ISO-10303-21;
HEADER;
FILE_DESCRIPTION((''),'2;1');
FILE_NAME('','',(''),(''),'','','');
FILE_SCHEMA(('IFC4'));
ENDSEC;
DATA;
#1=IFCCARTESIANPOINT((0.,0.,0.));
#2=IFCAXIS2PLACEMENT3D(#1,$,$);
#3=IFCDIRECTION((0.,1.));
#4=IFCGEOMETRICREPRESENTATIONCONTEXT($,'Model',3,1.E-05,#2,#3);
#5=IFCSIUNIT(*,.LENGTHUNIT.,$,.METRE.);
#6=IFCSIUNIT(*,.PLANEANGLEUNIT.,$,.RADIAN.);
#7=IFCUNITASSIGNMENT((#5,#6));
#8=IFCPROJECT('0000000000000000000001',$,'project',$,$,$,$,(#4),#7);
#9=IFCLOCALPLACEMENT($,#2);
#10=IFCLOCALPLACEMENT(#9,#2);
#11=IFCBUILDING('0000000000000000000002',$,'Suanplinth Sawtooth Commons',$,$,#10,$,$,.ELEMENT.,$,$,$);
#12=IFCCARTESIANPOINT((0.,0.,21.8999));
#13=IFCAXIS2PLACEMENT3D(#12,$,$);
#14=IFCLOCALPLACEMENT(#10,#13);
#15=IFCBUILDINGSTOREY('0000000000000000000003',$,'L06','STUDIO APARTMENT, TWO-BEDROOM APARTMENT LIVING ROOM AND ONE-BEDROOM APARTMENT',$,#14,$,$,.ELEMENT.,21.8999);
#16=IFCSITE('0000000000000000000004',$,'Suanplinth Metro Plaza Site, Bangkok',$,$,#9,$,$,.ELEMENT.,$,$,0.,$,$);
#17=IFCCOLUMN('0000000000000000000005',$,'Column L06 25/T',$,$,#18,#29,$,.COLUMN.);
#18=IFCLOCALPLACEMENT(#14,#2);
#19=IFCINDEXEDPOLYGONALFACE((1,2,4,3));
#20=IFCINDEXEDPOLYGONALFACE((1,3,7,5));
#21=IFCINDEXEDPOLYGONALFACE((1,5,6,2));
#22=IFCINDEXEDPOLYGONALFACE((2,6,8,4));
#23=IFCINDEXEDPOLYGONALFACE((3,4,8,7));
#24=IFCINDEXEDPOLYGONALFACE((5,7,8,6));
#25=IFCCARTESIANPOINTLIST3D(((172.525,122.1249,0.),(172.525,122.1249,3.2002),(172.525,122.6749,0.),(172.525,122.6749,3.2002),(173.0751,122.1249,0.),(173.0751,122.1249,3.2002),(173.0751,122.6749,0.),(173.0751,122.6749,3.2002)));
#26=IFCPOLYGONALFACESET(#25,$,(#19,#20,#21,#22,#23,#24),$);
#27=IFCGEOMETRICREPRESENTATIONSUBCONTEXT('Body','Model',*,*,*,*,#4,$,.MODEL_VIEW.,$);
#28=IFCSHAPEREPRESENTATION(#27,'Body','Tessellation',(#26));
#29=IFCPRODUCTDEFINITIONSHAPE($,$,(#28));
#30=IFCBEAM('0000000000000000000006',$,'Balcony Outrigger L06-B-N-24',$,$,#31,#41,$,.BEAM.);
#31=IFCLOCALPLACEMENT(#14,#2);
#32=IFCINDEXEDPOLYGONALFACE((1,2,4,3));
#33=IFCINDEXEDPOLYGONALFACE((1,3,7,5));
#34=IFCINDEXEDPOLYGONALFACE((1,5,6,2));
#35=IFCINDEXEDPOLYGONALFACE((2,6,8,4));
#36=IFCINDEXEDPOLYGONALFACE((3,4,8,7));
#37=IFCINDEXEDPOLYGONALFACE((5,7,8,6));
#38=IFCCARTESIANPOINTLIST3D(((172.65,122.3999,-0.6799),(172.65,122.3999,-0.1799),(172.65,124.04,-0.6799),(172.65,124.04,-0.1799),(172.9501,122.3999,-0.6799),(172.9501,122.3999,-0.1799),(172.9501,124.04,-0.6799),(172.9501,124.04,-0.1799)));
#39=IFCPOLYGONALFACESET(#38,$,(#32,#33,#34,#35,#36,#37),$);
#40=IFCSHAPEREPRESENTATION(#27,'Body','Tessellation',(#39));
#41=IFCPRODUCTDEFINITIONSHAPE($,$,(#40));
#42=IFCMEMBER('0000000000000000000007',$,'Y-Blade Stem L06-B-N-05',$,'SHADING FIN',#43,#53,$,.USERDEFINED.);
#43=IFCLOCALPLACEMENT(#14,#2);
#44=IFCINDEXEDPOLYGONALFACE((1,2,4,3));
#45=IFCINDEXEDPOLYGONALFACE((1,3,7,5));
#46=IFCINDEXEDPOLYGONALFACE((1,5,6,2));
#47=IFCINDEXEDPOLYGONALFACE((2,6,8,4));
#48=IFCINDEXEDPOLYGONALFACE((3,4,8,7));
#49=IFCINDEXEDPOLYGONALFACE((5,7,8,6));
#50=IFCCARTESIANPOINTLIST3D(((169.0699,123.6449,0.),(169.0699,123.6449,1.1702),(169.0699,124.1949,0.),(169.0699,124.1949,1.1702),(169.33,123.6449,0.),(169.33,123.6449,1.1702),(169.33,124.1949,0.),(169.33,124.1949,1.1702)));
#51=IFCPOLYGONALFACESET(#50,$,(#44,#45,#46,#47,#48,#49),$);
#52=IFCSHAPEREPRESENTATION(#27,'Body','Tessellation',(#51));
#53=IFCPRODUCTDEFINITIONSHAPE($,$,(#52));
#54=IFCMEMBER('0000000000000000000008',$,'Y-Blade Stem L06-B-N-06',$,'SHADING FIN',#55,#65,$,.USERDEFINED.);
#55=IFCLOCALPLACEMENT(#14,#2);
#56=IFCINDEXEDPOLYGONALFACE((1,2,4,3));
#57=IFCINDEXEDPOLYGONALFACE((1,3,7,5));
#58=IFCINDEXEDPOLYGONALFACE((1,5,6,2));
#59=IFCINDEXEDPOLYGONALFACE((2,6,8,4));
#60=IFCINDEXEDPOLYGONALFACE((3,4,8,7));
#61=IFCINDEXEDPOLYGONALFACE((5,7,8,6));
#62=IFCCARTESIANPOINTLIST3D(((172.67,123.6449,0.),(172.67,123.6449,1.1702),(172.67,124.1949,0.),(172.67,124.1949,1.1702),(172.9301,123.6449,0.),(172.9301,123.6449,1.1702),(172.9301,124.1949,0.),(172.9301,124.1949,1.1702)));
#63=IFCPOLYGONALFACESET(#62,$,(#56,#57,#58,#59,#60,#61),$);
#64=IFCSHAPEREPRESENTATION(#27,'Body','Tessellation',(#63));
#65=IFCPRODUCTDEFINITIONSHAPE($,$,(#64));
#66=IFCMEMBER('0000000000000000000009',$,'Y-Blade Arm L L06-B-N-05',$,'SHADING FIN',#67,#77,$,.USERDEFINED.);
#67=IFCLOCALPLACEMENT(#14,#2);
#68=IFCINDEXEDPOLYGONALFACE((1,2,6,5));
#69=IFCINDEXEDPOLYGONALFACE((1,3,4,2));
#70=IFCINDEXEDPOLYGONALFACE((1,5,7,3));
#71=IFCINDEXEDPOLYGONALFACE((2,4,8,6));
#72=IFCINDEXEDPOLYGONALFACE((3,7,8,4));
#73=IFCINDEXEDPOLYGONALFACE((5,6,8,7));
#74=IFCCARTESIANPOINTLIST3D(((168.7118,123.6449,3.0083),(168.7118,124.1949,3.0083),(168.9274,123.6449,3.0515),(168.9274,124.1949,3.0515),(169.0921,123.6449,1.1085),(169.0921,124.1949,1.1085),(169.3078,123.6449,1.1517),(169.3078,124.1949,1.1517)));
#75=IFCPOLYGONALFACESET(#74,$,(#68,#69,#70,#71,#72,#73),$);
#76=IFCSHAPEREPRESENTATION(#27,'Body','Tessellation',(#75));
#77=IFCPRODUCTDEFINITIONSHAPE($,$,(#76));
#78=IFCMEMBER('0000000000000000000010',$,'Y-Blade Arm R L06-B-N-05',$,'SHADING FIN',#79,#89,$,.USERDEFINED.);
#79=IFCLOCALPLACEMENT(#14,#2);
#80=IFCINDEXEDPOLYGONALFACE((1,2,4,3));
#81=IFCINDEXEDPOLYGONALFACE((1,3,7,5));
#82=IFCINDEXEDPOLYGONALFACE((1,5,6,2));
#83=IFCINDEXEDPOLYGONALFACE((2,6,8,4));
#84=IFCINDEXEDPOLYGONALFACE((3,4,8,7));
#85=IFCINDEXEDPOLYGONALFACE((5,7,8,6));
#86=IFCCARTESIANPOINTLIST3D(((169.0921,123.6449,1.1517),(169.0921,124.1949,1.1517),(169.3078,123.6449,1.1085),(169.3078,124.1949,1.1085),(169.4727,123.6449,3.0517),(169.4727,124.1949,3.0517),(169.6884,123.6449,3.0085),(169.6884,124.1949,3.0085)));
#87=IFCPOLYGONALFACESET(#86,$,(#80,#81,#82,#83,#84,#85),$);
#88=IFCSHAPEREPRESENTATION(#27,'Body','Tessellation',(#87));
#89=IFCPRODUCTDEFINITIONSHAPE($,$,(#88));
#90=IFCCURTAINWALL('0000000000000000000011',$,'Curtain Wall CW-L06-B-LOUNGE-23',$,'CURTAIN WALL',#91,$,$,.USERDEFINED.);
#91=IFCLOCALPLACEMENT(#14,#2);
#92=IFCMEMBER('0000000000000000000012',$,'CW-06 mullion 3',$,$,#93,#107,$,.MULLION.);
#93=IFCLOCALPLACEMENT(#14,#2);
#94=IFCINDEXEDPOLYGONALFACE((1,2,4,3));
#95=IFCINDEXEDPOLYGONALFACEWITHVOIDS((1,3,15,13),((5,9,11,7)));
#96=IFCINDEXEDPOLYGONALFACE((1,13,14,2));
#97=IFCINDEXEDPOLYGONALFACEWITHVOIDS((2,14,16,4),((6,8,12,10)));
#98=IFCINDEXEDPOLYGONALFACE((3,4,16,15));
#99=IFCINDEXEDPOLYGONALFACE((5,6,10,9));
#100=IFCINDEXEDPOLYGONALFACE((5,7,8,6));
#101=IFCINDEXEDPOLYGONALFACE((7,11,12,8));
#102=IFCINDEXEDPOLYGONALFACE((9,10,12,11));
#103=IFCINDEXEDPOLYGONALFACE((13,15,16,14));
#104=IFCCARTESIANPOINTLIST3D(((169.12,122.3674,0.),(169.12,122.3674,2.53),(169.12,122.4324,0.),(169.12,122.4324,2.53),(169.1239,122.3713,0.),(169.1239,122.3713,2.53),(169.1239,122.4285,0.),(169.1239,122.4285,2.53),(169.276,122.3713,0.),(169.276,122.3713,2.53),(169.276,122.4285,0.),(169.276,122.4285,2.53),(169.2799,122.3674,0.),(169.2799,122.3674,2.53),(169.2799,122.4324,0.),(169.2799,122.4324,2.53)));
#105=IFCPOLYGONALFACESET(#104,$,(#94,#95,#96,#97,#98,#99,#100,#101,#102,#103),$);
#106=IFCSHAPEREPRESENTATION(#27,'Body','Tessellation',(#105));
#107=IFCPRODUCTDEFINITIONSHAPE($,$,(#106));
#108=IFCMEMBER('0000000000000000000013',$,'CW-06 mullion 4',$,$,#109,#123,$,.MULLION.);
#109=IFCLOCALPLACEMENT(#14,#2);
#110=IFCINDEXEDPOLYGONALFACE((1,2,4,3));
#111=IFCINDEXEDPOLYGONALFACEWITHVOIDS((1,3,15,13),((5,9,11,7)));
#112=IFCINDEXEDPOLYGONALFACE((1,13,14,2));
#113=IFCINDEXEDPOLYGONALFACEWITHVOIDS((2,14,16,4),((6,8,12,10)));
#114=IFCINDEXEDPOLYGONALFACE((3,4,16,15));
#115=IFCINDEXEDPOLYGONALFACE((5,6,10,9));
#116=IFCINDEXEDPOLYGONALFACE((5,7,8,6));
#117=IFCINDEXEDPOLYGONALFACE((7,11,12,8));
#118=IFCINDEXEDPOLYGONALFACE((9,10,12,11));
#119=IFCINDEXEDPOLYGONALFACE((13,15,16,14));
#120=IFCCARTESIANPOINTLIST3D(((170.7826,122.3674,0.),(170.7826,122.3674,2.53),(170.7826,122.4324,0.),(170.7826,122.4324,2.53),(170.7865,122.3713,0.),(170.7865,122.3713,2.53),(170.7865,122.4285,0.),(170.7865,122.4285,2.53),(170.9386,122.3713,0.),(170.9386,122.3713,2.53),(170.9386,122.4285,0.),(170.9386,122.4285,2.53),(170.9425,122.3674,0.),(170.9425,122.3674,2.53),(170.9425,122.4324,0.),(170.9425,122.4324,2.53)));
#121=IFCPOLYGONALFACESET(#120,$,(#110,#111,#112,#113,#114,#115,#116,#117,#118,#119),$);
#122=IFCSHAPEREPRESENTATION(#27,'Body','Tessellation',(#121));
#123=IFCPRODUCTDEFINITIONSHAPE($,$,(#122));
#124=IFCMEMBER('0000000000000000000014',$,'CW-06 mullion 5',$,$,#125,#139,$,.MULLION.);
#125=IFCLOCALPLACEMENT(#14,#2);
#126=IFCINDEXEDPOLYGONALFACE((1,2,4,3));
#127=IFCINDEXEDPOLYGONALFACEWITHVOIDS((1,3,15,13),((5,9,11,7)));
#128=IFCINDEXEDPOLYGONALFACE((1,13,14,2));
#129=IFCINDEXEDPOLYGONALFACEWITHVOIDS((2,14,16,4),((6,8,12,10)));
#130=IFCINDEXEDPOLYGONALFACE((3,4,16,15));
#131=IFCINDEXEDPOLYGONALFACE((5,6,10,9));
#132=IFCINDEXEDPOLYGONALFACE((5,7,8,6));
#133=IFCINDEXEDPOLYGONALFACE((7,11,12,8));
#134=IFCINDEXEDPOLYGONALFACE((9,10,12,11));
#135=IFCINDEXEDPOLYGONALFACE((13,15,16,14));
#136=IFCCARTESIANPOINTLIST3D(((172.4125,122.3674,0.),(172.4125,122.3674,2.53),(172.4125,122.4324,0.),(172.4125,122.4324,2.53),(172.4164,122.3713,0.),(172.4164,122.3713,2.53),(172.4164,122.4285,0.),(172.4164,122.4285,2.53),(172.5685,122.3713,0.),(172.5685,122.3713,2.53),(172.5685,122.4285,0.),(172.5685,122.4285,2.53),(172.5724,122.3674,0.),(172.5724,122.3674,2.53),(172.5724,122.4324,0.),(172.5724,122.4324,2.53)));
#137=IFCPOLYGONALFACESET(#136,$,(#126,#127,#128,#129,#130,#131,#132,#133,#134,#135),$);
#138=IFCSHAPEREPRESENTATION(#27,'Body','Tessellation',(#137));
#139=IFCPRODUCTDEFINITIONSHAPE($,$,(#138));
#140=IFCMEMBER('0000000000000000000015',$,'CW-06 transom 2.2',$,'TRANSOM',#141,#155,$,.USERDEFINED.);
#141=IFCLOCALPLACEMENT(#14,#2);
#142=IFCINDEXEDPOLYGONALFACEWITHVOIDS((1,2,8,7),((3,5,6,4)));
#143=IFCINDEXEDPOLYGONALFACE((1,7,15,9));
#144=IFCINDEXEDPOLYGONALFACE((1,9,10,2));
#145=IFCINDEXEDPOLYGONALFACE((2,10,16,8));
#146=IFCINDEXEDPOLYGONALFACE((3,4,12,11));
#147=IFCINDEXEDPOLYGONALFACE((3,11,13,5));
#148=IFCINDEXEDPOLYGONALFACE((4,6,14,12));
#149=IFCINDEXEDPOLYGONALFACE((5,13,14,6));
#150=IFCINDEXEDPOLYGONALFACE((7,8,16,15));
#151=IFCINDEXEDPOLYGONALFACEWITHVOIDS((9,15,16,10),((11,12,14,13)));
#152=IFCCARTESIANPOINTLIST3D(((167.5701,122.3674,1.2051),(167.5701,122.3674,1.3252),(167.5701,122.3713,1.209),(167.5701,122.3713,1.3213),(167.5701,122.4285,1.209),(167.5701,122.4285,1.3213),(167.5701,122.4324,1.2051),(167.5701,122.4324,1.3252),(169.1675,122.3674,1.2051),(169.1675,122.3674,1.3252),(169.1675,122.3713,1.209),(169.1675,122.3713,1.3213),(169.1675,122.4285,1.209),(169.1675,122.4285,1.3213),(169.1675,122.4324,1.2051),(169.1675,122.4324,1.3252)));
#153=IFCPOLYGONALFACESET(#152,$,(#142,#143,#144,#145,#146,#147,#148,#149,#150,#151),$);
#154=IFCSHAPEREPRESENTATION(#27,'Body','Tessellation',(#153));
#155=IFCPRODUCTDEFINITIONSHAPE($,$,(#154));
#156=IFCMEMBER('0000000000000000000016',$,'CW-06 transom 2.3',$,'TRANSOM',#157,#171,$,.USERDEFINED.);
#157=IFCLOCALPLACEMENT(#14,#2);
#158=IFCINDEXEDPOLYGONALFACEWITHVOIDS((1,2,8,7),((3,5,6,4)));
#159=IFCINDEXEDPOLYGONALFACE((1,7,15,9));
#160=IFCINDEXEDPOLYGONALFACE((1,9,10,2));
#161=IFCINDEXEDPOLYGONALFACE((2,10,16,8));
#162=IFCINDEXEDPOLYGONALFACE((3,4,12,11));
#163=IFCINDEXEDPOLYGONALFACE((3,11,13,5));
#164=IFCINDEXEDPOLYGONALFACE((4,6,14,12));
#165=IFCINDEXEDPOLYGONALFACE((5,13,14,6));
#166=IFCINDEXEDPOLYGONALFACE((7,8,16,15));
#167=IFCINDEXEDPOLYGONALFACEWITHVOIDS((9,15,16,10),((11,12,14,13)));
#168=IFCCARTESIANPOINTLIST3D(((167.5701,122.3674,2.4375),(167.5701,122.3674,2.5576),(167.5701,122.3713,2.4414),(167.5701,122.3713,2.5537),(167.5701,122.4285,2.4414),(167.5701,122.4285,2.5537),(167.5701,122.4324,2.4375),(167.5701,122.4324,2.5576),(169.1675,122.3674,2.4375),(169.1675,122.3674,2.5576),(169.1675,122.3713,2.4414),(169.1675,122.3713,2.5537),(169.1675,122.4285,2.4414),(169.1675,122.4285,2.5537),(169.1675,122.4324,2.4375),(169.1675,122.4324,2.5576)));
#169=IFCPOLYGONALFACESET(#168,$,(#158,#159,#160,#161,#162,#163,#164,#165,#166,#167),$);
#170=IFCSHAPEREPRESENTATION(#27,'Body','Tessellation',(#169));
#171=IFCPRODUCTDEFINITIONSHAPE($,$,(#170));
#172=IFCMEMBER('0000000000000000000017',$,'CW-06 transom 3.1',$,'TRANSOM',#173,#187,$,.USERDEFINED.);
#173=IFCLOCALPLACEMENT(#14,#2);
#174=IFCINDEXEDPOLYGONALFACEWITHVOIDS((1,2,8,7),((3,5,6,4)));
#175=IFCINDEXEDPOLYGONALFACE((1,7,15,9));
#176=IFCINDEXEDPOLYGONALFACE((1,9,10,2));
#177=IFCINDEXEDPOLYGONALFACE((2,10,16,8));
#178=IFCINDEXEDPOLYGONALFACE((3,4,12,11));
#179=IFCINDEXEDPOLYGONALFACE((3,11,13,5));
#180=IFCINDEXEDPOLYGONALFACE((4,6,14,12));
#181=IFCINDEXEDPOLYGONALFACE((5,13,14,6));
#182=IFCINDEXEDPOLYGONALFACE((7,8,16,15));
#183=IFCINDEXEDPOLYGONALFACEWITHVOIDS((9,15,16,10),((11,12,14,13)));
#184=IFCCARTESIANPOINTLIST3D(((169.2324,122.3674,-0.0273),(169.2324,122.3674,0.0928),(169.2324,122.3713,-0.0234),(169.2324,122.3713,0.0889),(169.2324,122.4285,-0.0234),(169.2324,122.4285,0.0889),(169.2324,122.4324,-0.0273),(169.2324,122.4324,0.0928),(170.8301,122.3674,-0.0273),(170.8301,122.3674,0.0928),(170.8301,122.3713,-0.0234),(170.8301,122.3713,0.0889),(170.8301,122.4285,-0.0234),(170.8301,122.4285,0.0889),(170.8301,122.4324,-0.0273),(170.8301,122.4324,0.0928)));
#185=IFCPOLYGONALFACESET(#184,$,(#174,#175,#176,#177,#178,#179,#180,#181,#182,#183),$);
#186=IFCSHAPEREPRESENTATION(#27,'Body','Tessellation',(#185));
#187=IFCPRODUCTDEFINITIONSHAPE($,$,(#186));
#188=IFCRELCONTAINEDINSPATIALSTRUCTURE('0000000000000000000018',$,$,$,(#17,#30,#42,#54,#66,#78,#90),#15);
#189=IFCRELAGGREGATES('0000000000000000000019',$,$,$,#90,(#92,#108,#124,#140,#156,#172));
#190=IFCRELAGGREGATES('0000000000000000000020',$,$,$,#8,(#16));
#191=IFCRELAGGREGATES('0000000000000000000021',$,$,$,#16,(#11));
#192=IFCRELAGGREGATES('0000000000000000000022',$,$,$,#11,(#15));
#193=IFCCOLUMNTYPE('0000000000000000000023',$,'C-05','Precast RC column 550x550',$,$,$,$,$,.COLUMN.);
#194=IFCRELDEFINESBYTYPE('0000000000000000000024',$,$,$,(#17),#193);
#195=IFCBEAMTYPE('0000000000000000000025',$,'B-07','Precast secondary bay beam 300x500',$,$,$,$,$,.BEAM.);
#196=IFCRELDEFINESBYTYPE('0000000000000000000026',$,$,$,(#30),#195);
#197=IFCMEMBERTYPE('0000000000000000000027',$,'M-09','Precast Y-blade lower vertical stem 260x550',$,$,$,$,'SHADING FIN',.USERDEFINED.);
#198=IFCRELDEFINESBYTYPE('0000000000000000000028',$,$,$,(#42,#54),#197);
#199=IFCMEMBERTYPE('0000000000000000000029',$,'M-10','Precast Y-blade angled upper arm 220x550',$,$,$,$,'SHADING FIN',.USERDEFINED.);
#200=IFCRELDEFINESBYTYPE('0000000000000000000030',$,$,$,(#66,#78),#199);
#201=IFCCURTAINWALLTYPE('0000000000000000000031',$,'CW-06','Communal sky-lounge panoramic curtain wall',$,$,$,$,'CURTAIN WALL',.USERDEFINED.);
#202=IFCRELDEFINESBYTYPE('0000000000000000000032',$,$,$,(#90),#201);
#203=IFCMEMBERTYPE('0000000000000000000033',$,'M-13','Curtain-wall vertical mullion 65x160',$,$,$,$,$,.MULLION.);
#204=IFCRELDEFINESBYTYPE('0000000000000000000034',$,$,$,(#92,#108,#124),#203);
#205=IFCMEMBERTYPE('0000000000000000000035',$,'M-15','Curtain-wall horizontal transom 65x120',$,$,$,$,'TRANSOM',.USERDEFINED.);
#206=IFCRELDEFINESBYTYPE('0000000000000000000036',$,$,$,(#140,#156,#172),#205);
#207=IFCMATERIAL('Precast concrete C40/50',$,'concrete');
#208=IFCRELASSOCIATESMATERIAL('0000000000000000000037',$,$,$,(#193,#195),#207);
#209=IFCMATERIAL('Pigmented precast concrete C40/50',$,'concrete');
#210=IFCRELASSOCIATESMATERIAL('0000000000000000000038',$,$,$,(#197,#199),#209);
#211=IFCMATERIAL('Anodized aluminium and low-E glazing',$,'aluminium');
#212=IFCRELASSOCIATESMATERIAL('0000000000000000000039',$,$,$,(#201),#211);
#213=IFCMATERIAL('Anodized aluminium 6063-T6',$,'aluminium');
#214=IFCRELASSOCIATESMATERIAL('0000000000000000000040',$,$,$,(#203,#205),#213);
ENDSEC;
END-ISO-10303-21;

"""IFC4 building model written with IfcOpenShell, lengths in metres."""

from ifc_helpers import new_model, si_unit, direction, frame, origin, origin_2d, place, context, subcontext, project, spatial, rectangle, hollow_rectangle, extrude, material, material_profile, profile_set, type_object, element, aggregate, save


model = new_model("IFC4")

# Units and contexts
model_context = context("Model", 3, precision=1e-05, world=origin(), true_north=direction((0.0, 1.0)))
body_context = subcontext(model_context, "Body", "Model", "MODEL_VIEW")
ifc_project = project(units=[si_unit("LENGTHUNIT", "METRE"), si_unit("PLANEANGLEUNIT", "RADIAN")], contexts=[model_context])

# Site, building, storey
site_placement = place(None, origin())
site = spatial("IfcSite", under=ifc_project, at=site_placement, Name="Suanplinth Metro Plaza Site, Bangkok", CompositionType="ELEMENT", RefElevation=0.0)
building_placement = place(site_placement, origin())
building = spatial("IfcBuilding", under=site, at=building_placement, Name="Suanplinth Sawtooth Commons", CompositionType="ELEMENT")
storey_placement = place(building_placement, frame((0.0, 0.0, 21.8999)))
storey = spatial("IfcBuildingStorey", under=building, at=storey_placement, Name="L06", Description="STUDIO APARTMENT, TWO-BEDROOM APARTMENT LIVING ROOM AND ONE-BEDROOM APARTMENT", CompositionType="ELEMENT", Elevation=21.8999)

# Column
ifc_material_1 = material(Name="Precast concrete C40/50", Category="concrete")
ifc_material_profile_1 = material_profile(ifc_material_1, rectangle(XDim=0.55, YDim=0.55, at=origin_2d()), Name="PC-COL 550x550")
ifc_profile_set_1 = profile_set([ifc_material_profile_1], Name="Precast concrete C40/50")
column_type = type_object("IfcColumnType", Name="C-05", Description="Precast RC column 550x550", PredefinedType="COLUMN", material=ifc_profile_set_1)
column_placement = place(storey_placement, frame((172.8, 122.3999, 0.0), z_axis=(0.0, 0.0, 1.0), x_axis=(1.0, 0.0, 0.0)))
element("IfcColumn", 1, at=column_placement, inside=storey, type_object=column_type, Name="Column L06 25/T", PredefinedType="COLUMN", context=body_context, shape_type="SweptSolid", body=[
    extrude(rectangle(XDim=0.55, YDim=0.55, at=origin_2d()), origin(), (0.0, 0.0, 1.0), 3.2002),
])

# Beam
ifc_material_profile_2 = material_profile(ifc_material_1, rectangle(XDim=0.3, YDim=0.5, at=origin_2d()), Name="PC-BM 300x500")
ifc_profile_set_2 = profile_set([ifc_material_profile_2], Name="Precast concrete C40/50")
beam_type = type_object("IfcBeamType", Name="B-07", Description="Precast secondary bay beam 300x500", PredefinedType="BEAM", material=ifc_profile_set_2)
beam_placement = place(storey_placement, frame((172.8, 122.3999, -0.4299), z_axis=(0.0, 1.0, 0.0), x_axis=(-1.0, 0.0, 0.0)))
element("IfcBeam", 2, at=beam_placement, inside=storey, type_object=beam_type, Name="Balcony Outrigger L06-B-N-24", PredefinedType="BEAM", context=body_context, shape_type="SweptSolid", body=[
    extrude(rectangle(XDim=0.3, YDim=0.5, at=origin_2d()), origin(), (0.0, 0.0, 1.0), 1.6401),
])

# Members
ifc_material_2 = material(Name="Pigmented precast concrete C40/50", Category="concrete")
ifc_material_profile_3 = material_profile(ifc_material_2, rectangle(XDim=0.26, YDim=0.55, at=origin_2d()), Name="PC-FIN 260x550")
ifc_profile_set_3 = profile_set([ifc_material_profile_3], Name="Pigmented precast concrete C40/50")
member_type_1 = type_object("IfcMemberType", Name="M-09", Description="Precast Y-blade lower vertical stem 260x550", ElementType="SHADING FIN", PredefinedType="USERDEFINED", material=ifc_profile_set_3)
for number, where, z_axis, x_axis, name in (
    (3, (169.2, 123.9199, 0.0), (0.0, 0.0, 1.0), (1.0, 0.0, 0.0), "Y-Blade Stem L06-B-N-05"),
    (4, (172.8, 123.9199, 0.0), (0.0, 0.0, 1.0), (1.0, 0.0, 0.0), "Y-Blade Stem L06-B-N-06"),
):
    element("IfcMember", number, at=place(storey_placement, frame(where, z_axis=z_axis, x_axis=x_axis)), inside=storey, type_object=member_type_1, Name=name, ObjectType="SHADING FIN", PredefinedType="USERDEFINED", context=body_context, shape_type="SweptSolid", body=[
        extrude(rectangle(XDim=0.26, YDim=0.55, at=origin_2d()), origin(), (0.0, 0.0, 1.0), 1.1702),
    ])
ifc_material_profile_4 = material_profile(ifc_material_2, rectangle(XDim=0.22, YDim=0.55, at=origin_2d()), Name="PC-FIN 220x550")
ifc_profile_set_4 = profile_set([ifc_material_profile_4], Name="Pigmented precast concrete C40/50")
member_type_2 = type_object("IfcMemberType", Name="M-10", Description="Precast Y-blade angled upper arm 220x550", ElementType="SHADING FIN", PredefinedType="USERDEFINED", material=ifc_profile_set_4)
member_1_placement = place(storey_placement, frame((169.2, 123.9199, 1.1301), z_axis=(-0.19631, 0.0, 0.980542), x_axis=(0.980542, 0.0, 0.19631)))
element("IfcMember", 5, at=member_1_placement, inside=storey, type_object=member_type_2, Name="Y-Blade Arm L L06-B-N-05", ObjectType="SHADING FIN", PredefinedType="USERDEFINED", context=body_context, shape_type="SweptSolid", body=[
    extrude(rectangle(XDim=0.22, YDim=0.55, at=origin_2d()), origin(), (0.0, 0.0, 1.0), 1.9375),
])
member_2_placement = place(storey_placement, frame((169.2, 123.9199, 1.1301), z_axis=(0.196431, 0.0, 0.980518), x_axis=(-0.980518, 0.0, 0.196431)))
element("IfcMember", 6, at=member_2_placement, inside=storey, type_object=member_type_2, Name="Y-Blade Arm R L06-B-N-05", ObjectType="SHADING FIN", PredefinedType="USERDEFINED", context=body_context, shape_type="SweptSolid", body=[
    extrude(rectangle(XDim=0.22, YDim=0.55, at=origin_2d()), origin(), (0.0, 0.0, 1.0), 1.9377),
])

# Curtain wall, members
ifc_material_3 = material(Name="Anodized aluminium and low-E glazing", Category="aluminium")
curtain_wall_type = type_object("IfcCurtainWallType", Name="CW-06", Description="Communal sky-lounge panoramic curtain wall", ElementType="CURTAIN WALL", PredefinedType="USERDEFINED", material=ifc_material_3)
curtain_wall_placement = place(storey_placement, origin())
curtain_wall = element("IfcCurtainWall", 7, at=curtain_wall_placement, inside=storey, type_object=curtain_wall_type, Name="Curtain Wall CW-L06-B-LOUNGE-23", ObjectType="CURTAIN WALL", PredefinedType="USERDEFINED")
ifc_material_4 = material(Name="Anodized aluminium 6063-T6", Category="aluminium")
ifc_material_profile_5 = material_profile(ifc_material_4, hollow_rectangle(XDim=0.0649, YDim=0.1599, WallThickness=0.0039, at=origin_2d()), Name="ALU-MUL 65x160")
ifc_profile_set_5 = profile_set([ifc_material_profile_5], Name="Anodized aluminium 6063-T6")
member_type_3 = type_object("IfcMemberType", Name="M-13", Description="Curtain-wall vertical mullion 65x160", PredefinedType="MULLION", material=ifc_profile_set_5)
member_3_placement = place(storey_placement, frame((169.2, 122.3999, 0.0), z_axis=(0.0, 0.0, 1.0), x_axis=(0.0, 1.0, 0.0)))
member_3 = element("IfcMember", 8, at=member_3_placement, type_object=member_type_3, Name="CW-06 mullion 3", PredefinedType="MULLION", context=body_context, shape_type="SweptSolid", body=[
    extrude(hollow_rectangle(XDim=0.0649, YDim=0.1599, WallThickness=0.0039, at=origin_2d()), origin(), (0.0, 0.0, 1.0), 2.53),
])
member_4_placement = place(storey_placement, frame((170.8625, 122.3999, 0.0), z_axis=(0.0, 0.0, 1.0), x_axis=(0.0, 1.0, 0.0)))
member_4 = element("IfcMember", 9, at=member_4_placement, type_object=member_type_3, Name="CW-06 mullion 4", PredefinedType="MULLION", context=body_context, shape_type="SweptSolid", body=[
    extrude(hollow_rectangle(XDim=0.0649, YDim=0.1599, WallThickness=0.0039, at=origin_2d()), origin(), (0.0, 0.0, 1.0), 2.53),
])
member_5_placement = place(storey_placement, frame((172.4924, 122.3999, 0.0), z_axis=(0.0, 0.0, 1.0), x_axis=(0.0, 1.0, 0.0)))
member_5 = element("IfcMember", 10, at=member_5_placement, type_object=member_type_3, Name="CW-06 mullion 5", PredefinedType="MULLION", context=body_context, shape_type="SweptSolid", body=[
    extrude(hollow_rectangle(XDim=0.0649, YDim=0.1599, WallThickness=0.0039, at=origin_2d()), origin(), (0.0, 0.0, 1.0), 2.53),
])
ifc_material_profile_6 = material_profile(ifc_material_4, hollow_rectangle(XDim=0.0649, YDim=0.1201, WallThickness=0.0039, at=origin_2d()), Name="ALU-TRN 65x120")
ifc_profile_set_6 = profile_set([ifc_material_profile_6], Name="Anodized aluminium 6063-T6")
member_type_4 = type_object("IfcMemberType", Name="M-15", Description="Curtain-wall horizontal transom 65x120", ElementType="TRANSOM", PredefinedType="USERDEFINED", material=ifc_profile_set_6)
member_6_placement = place(storey_placement, frame((167.5701, 122.3999, 1.2651), z_axis=(1.0, 0.0, 0.0), x_axis=(0.0, 1.0, 0.0)))
member_6 = element("IfcMember", 11, at=member_6_placement, type_object=member_type_4, Name="CW-06 transom 2.2", ObjectType="TRANSOM", PredefinedType="USERDEFINED", context=body_context, shape_type="SweptSolid", body=[
    extrude(hollow_rectangle(XDim=0.0649, YDim=0.1201, WallThickness=0.0039, at=origin_2d()), origin(), (0.0, 0.0, 1.0), 1.5974),
])
member_7_placement = place(storey_placement, frame((167.5701, 122.3999, 2.4976), z_axis=(1.0, 0.0, 0.0), x_axis=(0.0, 1.0, 0.0)))
member_7 = element("IfcMember", 12, at=member_7_placement, type_object=member_type_4, Name="CW-06 transom 2.3", ObjectType="TRANSOM", PredefinedType="USERDEFINED", context=body_context, shape_type="SweptSolid", body=[
    extrude(hollow_rectangle(XDim=0.0649, YDim=0.1201, WallThickness=0.0039, at=origin_2d()), origin(), (0.0, 0.0, 1.0), 1.5974),
])
member_8_placement = place(storey_placement, frame((169.2324, 122.3999, 0.0327), z_axis=(1.0, 0.0, 0.0), x_axis=(0.0, 1.0, 0.0)))
member_8 = element("IfcMember", 13, at=member_8_placement, type_object=member_type_4, Name="CW-06 transom 3.1", ObjectType="TRANSOM", PredefinedType="USERDEFINED", context=body_context, shape_type="SweptSolid", body=[
    extrude(hollow_rectangle(XDim=0.0649, YDim=0.1201, WallThickness=0.0039, at=origin_2d()), origin(), (0.0, 0.0, 1.0), 1.5977),
])

aggregate(curtain_wall, [member_3, member_4, member_5, member_6, member_7, member_8])

save(model, "model.ifc")
